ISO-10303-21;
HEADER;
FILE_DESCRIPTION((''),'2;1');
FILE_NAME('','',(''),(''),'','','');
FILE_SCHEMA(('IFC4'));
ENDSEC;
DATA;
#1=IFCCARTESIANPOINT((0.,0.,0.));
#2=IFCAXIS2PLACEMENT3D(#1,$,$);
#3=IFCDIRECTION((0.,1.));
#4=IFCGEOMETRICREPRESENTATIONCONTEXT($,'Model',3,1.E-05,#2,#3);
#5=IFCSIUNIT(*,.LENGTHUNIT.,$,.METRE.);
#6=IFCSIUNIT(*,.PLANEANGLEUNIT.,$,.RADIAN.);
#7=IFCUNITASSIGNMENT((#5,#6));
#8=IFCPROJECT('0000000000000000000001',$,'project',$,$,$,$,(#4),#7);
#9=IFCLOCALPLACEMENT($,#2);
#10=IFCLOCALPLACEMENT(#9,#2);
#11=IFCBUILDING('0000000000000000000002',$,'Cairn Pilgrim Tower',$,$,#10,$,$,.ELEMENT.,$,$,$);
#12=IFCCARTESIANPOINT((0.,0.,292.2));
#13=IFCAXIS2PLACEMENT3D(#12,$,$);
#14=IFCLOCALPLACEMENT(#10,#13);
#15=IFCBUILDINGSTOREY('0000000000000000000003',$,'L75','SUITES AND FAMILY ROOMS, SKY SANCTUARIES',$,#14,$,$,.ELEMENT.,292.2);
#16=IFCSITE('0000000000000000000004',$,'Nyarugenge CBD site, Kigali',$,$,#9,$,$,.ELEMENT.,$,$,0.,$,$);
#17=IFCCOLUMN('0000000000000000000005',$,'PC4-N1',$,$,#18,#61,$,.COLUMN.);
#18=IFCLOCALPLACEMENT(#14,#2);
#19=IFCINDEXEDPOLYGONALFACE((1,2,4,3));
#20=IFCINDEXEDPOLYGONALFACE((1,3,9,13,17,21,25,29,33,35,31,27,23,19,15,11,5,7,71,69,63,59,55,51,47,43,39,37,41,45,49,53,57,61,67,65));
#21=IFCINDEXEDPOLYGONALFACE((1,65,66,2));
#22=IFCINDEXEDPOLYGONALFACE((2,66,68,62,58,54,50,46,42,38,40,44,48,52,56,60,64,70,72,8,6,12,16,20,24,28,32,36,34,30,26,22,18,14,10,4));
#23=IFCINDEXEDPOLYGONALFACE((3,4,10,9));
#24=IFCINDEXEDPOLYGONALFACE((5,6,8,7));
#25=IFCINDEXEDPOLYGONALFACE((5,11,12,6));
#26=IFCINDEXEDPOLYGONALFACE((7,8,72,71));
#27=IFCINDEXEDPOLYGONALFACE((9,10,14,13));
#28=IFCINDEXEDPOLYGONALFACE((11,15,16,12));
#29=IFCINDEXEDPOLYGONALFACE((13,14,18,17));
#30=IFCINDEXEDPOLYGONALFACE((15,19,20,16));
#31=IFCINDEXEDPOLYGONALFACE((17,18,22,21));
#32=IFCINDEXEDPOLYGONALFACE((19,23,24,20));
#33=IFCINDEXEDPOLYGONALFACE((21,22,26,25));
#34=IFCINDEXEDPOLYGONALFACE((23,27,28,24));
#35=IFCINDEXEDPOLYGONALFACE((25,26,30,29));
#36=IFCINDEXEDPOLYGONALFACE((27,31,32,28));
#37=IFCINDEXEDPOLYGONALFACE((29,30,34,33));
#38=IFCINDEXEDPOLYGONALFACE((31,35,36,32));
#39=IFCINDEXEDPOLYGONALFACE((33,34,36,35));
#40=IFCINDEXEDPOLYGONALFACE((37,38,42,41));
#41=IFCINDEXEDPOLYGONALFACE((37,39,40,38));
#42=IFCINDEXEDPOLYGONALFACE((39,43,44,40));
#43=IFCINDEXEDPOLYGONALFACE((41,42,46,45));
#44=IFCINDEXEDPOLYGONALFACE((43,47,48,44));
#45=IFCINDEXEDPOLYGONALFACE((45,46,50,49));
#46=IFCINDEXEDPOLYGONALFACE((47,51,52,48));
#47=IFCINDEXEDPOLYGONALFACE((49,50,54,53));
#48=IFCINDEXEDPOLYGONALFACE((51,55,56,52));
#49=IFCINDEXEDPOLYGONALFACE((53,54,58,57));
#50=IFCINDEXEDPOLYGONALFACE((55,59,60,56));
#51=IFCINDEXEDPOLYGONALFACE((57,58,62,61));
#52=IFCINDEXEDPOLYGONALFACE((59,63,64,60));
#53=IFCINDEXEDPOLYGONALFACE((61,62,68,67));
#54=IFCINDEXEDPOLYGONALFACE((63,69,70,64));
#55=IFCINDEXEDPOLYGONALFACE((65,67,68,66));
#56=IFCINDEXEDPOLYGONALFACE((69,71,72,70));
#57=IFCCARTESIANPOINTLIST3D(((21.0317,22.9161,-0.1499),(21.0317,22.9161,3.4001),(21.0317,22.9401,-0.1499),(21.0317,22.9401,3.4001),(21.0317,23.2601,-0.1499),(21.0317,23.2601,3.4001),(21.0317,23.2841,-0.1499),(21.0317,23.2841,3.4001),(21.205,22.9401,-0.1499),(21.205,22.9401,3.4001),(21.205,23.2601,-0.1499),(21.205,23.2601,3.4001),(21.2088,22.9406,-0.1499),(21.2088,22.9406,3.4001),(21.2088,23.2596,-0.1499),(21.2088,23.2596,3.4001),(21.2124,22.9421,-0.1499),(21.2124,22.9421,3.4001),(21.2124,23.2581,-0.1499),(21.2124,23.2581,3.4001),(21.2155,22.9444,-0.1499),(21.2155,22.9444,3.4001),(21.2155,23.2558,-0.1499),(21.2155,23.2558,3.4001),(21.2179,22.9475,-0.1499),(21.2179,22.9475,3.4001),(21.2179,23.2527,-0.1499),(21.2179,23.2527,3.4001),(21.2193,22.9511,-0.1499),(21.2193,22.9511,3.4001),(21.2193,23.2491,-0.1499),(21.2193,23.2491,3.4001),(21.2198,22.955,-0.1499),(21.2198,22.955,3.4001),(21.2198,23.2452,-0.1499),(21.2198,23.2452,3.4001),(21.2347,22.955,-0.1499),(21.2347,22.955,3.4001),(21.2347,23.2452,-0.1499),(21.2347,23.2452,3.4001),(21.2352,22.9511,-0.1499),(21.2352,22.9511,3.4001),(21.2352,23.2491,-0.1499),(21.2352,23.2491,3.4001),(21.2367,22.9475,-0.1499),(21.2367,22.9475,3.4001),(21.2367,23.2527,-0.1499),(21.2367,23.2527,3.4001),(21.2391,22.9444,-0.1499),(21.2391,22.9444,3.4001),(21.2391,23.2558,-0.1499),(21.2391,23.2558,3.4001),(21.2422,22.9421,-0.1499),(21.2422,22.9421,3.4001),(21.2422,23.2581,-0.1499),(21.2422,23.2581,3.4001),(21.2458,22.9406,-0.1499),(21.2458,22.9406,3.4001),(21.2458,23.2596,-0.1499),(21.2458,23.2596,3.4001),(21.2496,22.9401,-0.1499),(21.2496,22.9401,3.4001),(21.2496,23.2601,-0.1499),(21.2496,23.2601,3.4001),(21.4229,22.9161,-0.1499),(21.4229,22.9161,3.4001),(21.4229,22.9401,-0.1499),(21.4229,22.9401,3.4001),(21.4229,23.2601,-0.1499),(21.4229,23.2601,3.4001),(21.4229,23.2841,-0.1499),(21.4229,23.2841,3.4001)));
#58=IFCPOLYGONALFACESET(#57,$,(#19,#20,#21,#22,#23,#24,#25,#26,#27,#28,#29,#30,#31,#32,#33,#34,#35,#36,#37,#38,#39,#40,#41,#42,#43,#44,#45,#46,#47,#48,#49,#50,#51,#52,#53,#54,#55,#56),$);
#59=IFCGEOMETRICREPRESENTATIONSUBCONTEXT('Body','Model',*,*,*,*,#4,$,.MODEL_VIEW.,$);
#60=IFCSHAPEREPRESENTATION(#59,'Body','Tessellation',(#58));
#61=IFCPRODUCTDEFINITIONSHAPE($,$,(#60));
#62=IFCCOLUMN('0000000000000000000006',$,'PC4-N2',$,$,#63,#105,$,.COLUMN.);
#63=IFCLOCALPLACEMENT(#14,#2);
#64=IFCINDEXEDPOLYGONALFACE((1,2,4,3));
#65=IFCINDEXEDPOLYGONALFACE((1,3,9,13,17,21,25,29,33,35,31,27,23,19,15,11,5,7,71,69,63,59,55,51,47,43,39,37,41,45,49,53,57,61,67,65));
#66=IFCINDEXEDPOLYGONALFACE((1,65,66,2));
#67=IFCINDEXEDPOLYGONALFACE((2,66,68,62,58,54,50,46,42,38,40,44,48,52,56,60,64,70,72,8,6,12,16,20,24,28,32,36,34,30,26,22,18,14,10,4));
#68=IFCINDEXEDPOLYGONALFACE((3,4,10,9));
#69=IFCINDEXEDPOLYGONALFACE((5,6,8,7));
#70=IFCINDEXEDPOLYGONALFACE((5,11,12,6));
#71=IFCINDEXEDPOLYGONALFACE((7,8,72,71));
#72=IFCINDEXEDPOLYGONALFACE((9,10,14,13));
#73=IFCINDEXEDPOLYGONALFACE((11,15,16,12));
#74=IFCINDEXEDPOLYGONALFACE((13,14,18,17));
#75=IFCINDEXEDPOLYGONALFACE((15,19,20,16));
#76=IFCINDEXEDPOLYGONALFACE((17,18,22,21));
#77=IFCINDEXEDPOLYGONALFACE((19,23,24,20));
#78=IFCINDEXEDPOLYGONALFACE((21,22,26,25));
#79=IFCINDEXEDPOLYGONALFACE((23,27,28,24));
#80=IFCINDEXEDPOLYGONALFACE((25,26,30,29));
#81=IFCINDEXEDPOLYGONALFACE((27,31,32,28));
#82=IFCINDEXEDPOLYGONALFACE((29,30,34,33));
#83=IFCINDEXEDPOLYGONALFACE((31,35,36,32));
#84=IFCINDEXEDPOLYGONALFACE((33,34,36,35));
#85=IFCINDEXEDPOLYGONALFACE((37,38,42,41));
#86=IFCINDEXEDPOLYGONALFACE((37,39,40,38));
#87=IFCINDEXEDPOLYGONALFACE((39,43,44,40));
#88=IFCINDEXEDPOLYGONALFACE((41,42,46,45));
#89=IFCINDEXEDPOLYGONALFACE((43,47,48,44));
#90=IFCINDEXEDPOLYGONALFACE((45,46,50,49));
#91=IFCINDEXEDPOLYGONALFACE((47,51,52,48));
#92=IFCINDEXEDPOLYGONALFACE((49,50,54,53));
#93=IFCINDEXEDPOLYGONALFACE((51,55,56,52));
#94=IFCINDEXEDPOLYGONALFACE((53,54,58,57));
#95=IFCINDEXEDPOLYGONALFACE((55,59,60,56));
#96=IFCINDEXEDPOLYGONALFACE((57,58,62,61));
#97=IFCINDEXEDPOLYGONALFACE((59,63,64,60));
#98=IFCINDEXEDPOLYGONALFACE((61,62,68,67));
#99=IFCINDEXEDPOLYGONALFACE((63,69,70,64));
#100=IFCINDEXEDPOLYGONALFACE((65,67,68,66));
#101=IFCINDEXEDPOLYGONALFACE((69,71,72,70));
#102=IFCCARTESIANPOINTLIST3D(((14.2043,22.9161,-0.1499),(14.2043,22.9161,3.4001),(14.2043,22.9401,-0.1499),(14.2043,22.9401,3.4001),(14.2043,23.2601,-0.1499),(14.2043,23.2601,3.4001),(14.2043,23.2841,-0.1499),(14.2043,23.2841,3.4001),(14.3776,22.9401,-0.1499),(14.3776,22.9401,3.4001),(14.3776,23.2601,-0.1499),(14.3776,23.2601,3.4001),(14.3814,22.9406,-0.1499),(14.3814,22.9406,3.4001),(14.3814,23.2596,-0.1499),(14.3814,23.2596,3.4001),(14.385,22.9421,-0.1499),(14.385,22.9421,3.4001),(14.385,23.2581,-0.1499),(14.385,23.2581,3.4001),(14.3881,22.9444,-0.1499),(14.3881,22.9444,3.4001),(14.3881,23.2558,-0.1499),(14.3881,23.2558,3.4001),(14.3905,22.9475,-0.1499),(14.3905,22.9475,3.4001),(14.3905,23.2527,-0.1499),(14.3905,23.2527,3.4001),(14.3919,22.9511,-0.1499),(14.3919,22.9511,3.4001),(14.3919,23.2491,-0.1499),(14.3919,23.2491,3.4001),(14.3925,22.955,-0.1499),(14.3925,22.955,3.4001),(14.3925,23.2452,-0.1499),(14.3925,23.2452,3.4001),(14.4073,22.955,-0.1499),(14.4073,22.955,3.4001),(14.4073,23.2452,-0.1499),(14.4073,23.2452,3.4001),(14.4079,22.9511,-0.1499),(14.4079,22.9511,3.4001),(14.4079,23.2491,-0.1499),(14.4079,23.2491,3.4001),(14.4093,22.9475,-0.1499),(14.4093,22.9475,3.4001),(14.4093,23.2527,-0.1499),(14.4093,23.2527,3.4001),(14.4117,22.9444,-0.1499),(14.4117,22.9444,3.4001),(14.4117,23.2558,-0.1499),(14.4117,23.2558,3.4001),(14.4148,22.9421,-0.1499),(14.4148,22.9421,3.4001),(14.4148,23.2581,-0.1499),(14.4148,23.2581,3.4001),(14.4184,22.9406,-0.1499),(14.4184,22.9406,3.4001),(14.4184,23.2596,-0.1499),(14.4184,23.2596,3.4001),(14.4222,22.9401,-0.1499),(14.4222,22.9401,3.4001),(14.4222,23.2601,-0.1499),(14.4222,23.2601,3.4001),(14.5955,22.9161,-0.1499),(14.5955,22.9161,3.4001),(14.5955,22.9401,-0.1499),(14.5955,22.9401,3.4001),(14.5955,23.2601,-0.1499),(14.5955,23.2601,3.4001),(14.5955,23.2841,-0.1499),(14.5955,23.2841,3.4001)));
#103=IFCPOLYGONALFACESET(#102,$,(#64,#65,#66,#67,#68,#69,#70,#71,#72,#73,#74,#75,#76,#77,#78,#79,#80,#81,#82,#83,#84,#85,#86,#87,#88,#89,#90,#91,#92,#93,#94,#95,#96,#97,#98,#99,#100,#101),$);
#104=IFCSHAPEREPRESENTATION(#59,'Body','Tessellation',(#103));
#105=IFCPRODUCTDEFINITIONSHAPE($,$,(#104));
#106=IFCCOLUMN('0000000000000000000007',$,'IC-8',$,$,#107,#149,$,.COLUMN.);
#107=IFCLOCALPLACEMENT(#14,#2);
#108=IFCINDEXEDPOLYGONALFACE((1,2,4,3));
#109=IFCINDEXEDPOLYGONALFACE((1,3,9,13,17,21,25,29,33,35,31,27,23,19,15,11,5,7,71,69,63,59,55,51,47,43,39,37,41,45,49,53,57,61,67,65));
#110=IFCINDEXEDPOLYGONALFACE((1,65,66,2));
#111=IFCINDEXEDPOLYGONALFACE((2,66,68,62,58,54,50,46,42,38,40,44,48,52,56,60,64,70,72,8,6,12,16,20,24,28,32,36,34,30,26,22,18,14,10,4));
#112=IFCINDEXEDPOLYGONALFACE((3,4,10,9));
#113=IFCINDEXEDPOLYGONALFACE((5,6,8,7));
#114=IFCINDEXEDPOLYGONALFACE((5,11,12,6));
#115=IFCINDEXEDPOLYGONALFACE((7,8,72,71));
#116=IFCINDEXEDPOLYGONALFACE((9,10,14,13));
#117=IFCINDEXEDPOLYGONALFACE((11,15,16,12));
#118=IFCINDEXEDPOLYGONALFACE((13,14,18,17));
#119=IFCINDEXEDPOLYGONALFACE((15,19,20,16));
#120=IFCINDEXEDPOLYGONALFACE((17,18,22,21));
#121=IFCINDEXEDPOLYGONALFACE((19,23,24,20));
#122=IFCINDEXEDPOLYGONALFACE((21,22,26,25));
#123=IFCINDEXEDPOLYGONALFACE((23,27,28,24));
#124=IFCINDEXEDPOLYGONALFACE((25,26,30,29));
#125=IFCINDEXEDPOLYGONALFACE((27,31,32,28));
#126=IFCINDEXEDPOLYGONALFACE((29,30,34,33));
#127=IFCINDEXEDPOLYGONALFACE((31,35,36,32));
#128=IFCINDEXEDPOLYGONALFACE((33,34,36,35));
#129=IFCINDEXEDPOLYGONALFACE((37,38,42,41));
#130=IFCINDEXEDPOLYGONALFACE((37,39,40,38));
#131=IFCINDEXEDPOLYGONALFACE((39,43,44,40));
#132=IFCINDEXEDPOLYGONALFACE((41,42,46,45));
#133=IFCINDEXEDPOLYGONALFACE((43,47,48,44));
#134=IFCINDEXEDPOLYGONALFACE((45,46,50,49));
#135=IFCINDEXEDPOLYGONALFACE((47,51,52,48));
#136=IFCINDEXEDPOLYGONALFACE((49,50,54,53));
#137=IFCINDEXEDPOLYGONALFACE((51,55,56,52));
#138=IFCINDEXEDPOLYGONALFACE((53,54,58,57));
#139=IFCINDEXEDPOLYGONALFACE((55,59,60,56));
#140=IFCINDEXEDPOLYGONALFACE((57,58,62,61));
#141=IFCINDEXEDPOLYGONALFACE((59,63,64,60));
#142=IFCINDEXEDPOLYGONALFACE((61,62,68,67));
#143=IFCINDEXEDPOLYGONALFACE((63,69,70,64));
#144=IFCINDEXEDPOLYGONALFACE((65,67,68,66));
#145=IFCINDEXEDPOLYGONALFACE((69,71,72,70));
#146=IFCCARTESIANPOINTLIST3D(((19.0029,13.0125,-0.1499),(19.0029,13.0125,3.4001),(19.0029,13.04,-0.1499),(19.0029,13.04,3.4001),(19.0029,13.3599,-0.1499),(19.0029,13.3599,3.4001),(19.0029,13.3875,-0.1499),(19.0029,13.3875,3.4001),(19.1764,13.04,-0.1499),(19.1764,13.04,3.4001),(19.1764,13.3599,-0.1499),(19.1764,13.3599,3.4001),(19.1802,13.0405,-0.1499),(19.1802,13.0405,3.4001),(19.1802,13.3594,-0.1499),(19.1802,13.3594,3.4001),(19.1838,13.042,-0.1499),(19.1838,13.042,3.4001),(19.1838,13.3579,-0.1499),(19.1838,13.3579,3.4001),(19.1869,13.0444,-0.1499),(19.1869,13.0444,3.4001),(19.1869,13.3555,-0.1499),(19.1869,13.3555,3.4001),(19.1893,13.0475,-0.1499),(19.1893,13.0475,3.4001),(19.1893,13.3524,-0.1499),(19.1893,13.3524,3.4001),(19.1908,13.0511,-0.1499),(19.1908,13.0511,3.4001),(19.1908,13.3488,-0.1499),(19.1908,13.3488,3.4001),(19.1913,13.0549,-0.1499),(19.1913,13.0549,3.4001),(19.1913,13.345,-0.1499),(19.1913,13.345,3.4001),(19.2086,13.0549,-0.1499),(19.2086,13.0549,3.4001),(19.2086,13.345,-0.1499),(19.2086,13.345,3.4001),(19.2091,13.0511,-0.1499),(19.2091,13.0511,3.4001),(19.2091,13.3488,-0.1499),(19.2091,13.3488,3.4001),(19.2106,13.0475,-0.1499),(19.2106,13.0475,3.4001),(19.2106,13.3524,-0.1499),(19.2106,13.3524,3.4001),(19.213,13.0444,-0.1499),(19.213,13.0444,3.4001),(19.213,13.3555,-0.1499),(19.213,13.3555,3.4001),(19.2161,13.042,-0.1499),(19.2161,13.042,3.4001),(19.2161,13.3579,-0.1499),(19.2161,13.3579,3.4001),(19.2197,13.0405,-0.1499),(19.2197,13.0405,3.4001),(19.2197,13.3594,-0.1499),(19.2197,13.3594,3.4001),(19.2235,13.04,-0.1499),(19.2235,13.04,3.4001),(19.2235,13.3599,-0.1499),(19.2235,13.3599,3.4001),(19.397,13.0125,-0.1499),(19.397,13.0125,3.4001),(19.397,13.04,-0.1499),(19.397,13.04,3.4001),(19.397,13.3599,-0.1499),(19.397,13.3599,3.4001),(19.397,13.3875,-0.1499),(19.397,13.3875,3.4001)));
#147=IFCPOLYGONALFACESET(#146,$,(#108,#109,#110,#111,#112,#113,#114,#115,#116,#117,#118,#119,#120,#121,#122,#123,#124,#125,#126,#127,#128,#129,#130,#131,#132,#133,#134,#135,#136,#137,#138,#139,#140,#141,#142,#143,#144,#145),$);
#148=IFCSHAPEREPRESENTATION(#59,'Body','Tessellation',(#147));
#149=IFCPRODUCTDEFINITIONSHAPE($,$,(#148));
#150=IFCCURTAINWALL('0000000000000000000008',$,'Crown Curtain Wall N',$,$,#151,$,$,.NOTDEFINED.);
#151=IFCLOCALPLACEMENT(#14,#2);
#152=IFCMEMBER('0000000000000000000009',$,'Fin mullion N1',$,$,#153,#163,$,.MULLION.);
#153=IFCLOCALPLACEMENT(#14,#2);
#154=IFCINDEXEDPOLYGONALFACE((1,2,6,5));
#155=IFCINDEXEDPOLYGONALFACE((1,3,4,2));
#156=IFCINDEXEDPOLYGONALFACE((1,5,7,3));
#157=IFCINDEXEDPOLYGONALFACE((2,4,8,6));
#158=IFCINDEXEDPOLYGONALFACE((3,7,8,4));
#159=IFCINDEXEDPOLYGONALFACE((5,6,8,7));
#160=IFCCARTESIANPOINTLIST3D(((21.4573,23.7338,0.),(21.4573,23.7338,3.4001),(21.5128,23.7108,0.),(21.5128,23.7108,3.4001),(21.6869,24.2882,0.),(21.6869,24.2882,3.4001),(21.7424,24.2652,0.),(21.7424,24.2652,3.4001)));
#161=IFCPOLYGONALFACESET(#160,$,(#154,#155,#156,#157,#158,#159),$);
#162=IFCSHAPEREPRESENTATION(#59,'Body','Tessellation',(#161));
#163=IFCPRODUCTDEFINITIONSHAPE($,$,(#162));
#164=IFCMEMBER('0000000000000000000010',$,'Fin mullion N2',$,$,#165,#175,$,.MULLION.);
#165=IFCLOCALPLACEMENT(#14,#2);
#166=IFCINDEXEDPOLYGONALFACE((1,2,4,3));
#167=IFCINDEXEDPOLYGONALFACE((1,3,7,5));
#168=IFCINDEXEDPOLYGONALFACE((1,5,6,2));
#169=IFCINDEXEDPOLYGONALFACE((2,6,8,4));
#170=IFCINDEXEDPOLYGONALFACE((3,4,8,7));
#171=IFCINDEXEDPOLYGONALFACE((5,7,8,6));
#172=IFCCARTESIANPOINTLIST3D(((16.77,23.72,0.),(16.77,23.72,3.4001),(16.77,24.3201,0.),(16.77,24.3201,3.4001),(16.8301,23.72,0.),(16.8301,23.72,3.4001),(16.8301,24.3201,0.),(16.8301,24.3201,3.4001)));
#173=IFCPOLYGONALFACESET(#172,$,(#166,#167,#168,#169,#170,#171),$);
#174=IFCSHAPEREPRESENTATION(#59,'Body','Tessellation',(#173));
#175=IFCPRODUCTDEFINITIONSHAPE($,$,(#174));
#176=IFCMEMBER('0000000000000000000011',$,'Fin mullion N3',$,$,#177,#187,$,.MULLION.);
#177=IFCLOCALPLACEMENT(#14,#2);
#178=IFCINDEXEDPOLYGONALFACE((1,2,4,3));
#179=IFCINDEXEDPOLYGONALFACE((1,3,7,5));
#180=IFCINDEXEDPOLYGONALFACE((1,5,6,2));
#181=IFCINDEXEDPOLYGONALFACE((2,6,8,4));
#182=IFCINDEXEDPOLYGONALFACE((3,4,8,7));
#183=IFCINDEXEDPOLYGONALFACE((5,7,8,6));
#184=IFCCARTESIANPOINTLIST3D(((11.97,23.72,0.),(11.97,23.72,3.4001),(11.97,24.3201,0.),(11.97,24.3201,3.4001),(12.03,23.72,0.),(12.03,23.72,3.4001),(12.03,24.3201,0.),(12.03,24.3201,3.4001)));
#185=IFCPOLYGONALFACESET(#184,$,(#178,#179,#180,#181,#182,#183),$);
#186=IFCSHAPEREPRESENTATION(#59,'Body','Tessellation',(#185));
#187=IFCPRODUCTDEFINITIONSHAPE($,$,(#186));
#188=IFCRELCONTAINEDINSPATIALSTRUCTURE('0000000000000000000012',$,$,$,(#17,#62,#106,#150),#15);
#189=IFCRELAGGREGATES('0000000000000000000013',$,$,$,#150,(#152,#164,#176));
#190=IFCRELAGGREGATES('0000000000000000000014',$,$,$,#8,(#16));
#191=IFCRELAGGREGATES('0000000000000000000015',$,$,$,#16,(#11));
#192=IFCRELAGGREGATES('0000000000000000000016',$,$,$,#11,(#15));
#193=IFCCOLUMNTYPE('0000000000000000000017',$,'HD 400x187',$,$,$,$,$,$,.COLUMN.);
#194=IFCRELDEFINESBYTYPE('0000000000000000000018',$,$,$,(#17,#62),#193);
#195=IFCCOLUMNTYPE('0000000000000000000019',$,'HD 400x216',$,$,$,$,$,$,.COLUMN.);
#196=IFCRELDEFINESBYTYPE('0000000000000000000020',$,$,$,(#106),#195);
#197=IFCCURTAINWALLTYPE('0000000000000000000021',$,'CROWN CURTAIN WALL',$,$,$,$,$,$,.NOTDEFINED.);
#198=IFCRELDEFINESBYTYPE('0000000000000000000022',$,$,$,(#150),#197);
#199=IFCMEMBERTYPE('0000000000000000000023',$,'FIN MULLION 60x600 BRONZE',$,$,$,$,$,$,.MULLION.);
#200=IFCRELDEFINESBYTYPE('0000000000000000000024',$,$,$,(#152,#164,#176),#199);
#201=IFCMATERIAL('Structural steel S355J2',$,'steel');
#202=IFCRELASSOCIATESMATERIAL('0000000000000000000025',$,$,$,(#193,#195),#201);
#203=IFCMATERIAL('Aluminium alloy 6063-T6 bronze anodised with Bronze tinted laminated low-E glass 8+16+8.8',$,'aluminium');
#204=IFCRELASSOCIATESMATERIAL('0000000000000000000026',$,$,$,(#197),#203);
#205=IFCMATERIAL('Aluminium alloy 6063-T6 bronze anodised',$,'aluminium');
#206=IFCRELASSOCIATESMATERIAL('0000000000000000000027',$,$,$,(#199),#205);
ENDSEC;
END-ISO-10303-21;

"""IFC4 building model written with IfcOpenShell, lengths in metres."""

from ifc_helpers import new_model, si_unit, direction, frame, origin, origin_2d, place, context, subcontext, project, spatial, rectangle, i_section, extrude, material, material_profile, profile_set, type_object, element, aggregate, save


model = new_model("IFC4")

# Units and contexts
model_context = context("Model", 3, precision=1e-05, world=origin(), true_north=direction((0.0, 1.0)))
body_context = subcontext(model_context, "Body", "Model", "MODEL_VIEW")
ifc_project = project(units=[si_unit("LENGTHUNIT", "METRE"), si_unit("PLANEANGLEUNIT", "RADIAN")], contexts=[model_context])

# Site, building, storey
site_placement = place(None, origin())
site = spatial("IfcSite", under=ifc_project, at=site_placement, Name="Nyarugenge CBD site, Kigali", CompositionType="ELEMENT", RefElevation=0.0)
building_placement = place(site_placement, origin())
building = spatial("IfcBuilding", under=site, at=building_placement, Name="Cairn Pilgrim Tower", CompositionType="ELEMENT")
storey_placement = place(building_placement, frame((0.0, 0.0, 292.2)))
storey = spatial("IfcBuildingStorey", under=building, at=storey_placement, Name="L75", Description="SUITES AND FAMILY ROOMS, SKY SANCTUARIES", CompositionType="ELEMENT", Elevation=292.2)

# Columns
ifc_material_1 = material(Name="Structural steel S355J2", Category="steel")
ifc_material_profile_1 = material_profile(ifc_material_1, i_section(OverallWidth=0.3911, OverallDepth=0.3679, WebThickness=0.0149, FlangeThickness=0.0239, FilletRadius=0.0149, at=origin_2d()), Name="HD 400x187")
ifc_profile_set_1 = profile_set([ifc_material_profile_1], Name="Structural steel S355J2")
column_type_1 = type_object("IfcColumnType", Name="HD 400x187", PredefinedType="COLUMN", material=ifc_profile_set_1)
for number, where, z_axis, x_axis, name in (
    (1, (21.2273, 23.1001, -0.1499), (0.0, 0.0, 1.0), (1.0, 0.0, 0.0), "PC4-N1"),
    (2, (14.3999, 23.1001, -0.1499), (0.0, 0.0, 1.0), (1.0, 0.0, 0.0), "PC4-N2"),
):
    element("IfcColumn", number, at=place(storey_placement, frame(where, z_axis=z_axis, x_axis=x_axis)), inside=storey, type_object=column_type_1, Name=name, PredefinedType="COLUMN", context=body_context, shape_type="SweptSolid", body=[
        extrude(i_section(OverallWidth=0.3911, OverallDepth=0.3679, WebThickness=0.0149, FlangeThickness=0.0239, FilletRadius=0.0149, at=origin_2d()), origin(), (0.0, 0.0, 1.0), 3.55),
    ])
ifc_material_profile_2 = material_profile(ifc_material_1, i_section(OverallWidth=0.394, OverallDepth=0.375, WebThickness=0.0173, FlangeThickness=0.0276, FilletRadius=0.0149, at=origin_2d()), Name="HD 400x216")
ifc_profile_set_2 = profile_set([ifc_material_profile_2], Name="Structural steel S355J2")
column_type_2 = type_object("IfcColumnType", Name="HD 400x216", PredefinedType="COLUMN", material=ifc_profile_set_2)
column_placement = place(storey_placement, frame((19.2, 13.2, -0.1499), z_axis=(0.0, 0.0, 1.0), x_axis=(1.0, 0.0, 0.0)))
element("IfcColumn", 3, at=column_placement, inside=storey, type_object=column_type_2, Name="IC-8", PredefinedType="COLUMN", context=body_context, shape_type="SweptSolid", body=[
    extrude(i_section(OverallWidth=0.394, OverallDepth=0.375, WebThickness=0.0173, FlangeThickness=0.0276, FilletRadius=0.0149, at=origin_2d()), origin(), (0.0, 0.0, 1.0), 3.55),
])

# Curtain wall, members
ifc_material_2 = material(Name="Aluminium alloy 6063-T6 bronze anodised with Bronze tinted laminated low-E glass 8+16+8.8", Category="aluminium")
curtain_wall_type = type_object("IfcCurtainWallType", Name="CROWN CURTAIN WALL", PredefinedType="NOTDEFINED", material=ifc_material_2)
curtain_wall_placement = place(storey_placement, origin())
curtain_wall = element("IfcCurtainWall", 4, at=curtain_wall_placement, inside=storey, type_object=curtain_wall_type, Name="Crown Curtain Wall N", PredefinedType="NOTDEFINED")
ifc_material_3 = material(Name="Aluminium alloy 6063-T6 bronze anodised", Category="aluminium")
ifc_material_profile_3 = material_profile(ifc_material_3, rectangle(XDim=0.6001, YDim=0.0601, at=origin_2d()), Name="FIN MULLION 60x600 BRONZE")
ifc_profile_set_3 = profile_set([ifc_material_profile_3], Name="Aluminium alloy 6063-T6 bronze anodised")
member_type_1 = type_object("IfcMemberType", Name="FIN MULLION 60x600 BRONZE", PredefinedType="MULLION", material=ifc_profile_set_3)
member_1_placement = place(storey_placement, frame((21.5999, 23.9995, 0.0), z_axis=(0.0, 0.0, 1.0), x_axis=(0.382683, 0.92388, 0.0)))
member_1 = element("IfcMember", 5, at=member_1_placement, type_object=member_type_1, Name="Fin mullion N1", PredefinedType="MULLION", context=body_context, shape_type="SweptSolid", body=[
    extrude(rectangle(XDim=0.6001, YDim=0.0601, at=origin_2d()), origin(), (0.0, 0.0, 1.0), 3.4001),
])
member_2_placement = place(storey_placement, frame((16.8, 24.02, 0.0), z_axis=(0.0, 0.0, 1.0), x_axis=(0.0, 1.0, 0.0)))
member_2 = element("IfcMember", 6, at=member_2_placement, type_object=member_type_1, Name="Fin mullion N2", PredefinedType="MULLION", context=body_context, shape_type="SweptSolid", body=[
    extrude(rectangle(XDim=0.6001, YDim=0.0601, at=origin_2d()), origin(), (0.0, 0.0, 1.0), 3.4001),
])
member_3_placement = place(storey_placement, frame((12.0, 24.02, 0.0), z_axis=(0.0, 0.0, 1.0), x_axis=(0.0, 1.0, 0.0)))
member_3 = element("IfcMember", 7, at=member_3_placement, type_object=member_type_1, Name="Fin mullion N3", PredefinedType="MULLION", context=body_context, shape_type="SweptSolid", body=[
    extrude(rectangle(XDim=0.6001, YDim=0.0601, at=origin_2d()), origin(), (0.0, 0.0, 1.0), 3.4001),
])

aggregate(curtain_wall, [member_1, member_2, member_3])

save(model, "model.ifc")
